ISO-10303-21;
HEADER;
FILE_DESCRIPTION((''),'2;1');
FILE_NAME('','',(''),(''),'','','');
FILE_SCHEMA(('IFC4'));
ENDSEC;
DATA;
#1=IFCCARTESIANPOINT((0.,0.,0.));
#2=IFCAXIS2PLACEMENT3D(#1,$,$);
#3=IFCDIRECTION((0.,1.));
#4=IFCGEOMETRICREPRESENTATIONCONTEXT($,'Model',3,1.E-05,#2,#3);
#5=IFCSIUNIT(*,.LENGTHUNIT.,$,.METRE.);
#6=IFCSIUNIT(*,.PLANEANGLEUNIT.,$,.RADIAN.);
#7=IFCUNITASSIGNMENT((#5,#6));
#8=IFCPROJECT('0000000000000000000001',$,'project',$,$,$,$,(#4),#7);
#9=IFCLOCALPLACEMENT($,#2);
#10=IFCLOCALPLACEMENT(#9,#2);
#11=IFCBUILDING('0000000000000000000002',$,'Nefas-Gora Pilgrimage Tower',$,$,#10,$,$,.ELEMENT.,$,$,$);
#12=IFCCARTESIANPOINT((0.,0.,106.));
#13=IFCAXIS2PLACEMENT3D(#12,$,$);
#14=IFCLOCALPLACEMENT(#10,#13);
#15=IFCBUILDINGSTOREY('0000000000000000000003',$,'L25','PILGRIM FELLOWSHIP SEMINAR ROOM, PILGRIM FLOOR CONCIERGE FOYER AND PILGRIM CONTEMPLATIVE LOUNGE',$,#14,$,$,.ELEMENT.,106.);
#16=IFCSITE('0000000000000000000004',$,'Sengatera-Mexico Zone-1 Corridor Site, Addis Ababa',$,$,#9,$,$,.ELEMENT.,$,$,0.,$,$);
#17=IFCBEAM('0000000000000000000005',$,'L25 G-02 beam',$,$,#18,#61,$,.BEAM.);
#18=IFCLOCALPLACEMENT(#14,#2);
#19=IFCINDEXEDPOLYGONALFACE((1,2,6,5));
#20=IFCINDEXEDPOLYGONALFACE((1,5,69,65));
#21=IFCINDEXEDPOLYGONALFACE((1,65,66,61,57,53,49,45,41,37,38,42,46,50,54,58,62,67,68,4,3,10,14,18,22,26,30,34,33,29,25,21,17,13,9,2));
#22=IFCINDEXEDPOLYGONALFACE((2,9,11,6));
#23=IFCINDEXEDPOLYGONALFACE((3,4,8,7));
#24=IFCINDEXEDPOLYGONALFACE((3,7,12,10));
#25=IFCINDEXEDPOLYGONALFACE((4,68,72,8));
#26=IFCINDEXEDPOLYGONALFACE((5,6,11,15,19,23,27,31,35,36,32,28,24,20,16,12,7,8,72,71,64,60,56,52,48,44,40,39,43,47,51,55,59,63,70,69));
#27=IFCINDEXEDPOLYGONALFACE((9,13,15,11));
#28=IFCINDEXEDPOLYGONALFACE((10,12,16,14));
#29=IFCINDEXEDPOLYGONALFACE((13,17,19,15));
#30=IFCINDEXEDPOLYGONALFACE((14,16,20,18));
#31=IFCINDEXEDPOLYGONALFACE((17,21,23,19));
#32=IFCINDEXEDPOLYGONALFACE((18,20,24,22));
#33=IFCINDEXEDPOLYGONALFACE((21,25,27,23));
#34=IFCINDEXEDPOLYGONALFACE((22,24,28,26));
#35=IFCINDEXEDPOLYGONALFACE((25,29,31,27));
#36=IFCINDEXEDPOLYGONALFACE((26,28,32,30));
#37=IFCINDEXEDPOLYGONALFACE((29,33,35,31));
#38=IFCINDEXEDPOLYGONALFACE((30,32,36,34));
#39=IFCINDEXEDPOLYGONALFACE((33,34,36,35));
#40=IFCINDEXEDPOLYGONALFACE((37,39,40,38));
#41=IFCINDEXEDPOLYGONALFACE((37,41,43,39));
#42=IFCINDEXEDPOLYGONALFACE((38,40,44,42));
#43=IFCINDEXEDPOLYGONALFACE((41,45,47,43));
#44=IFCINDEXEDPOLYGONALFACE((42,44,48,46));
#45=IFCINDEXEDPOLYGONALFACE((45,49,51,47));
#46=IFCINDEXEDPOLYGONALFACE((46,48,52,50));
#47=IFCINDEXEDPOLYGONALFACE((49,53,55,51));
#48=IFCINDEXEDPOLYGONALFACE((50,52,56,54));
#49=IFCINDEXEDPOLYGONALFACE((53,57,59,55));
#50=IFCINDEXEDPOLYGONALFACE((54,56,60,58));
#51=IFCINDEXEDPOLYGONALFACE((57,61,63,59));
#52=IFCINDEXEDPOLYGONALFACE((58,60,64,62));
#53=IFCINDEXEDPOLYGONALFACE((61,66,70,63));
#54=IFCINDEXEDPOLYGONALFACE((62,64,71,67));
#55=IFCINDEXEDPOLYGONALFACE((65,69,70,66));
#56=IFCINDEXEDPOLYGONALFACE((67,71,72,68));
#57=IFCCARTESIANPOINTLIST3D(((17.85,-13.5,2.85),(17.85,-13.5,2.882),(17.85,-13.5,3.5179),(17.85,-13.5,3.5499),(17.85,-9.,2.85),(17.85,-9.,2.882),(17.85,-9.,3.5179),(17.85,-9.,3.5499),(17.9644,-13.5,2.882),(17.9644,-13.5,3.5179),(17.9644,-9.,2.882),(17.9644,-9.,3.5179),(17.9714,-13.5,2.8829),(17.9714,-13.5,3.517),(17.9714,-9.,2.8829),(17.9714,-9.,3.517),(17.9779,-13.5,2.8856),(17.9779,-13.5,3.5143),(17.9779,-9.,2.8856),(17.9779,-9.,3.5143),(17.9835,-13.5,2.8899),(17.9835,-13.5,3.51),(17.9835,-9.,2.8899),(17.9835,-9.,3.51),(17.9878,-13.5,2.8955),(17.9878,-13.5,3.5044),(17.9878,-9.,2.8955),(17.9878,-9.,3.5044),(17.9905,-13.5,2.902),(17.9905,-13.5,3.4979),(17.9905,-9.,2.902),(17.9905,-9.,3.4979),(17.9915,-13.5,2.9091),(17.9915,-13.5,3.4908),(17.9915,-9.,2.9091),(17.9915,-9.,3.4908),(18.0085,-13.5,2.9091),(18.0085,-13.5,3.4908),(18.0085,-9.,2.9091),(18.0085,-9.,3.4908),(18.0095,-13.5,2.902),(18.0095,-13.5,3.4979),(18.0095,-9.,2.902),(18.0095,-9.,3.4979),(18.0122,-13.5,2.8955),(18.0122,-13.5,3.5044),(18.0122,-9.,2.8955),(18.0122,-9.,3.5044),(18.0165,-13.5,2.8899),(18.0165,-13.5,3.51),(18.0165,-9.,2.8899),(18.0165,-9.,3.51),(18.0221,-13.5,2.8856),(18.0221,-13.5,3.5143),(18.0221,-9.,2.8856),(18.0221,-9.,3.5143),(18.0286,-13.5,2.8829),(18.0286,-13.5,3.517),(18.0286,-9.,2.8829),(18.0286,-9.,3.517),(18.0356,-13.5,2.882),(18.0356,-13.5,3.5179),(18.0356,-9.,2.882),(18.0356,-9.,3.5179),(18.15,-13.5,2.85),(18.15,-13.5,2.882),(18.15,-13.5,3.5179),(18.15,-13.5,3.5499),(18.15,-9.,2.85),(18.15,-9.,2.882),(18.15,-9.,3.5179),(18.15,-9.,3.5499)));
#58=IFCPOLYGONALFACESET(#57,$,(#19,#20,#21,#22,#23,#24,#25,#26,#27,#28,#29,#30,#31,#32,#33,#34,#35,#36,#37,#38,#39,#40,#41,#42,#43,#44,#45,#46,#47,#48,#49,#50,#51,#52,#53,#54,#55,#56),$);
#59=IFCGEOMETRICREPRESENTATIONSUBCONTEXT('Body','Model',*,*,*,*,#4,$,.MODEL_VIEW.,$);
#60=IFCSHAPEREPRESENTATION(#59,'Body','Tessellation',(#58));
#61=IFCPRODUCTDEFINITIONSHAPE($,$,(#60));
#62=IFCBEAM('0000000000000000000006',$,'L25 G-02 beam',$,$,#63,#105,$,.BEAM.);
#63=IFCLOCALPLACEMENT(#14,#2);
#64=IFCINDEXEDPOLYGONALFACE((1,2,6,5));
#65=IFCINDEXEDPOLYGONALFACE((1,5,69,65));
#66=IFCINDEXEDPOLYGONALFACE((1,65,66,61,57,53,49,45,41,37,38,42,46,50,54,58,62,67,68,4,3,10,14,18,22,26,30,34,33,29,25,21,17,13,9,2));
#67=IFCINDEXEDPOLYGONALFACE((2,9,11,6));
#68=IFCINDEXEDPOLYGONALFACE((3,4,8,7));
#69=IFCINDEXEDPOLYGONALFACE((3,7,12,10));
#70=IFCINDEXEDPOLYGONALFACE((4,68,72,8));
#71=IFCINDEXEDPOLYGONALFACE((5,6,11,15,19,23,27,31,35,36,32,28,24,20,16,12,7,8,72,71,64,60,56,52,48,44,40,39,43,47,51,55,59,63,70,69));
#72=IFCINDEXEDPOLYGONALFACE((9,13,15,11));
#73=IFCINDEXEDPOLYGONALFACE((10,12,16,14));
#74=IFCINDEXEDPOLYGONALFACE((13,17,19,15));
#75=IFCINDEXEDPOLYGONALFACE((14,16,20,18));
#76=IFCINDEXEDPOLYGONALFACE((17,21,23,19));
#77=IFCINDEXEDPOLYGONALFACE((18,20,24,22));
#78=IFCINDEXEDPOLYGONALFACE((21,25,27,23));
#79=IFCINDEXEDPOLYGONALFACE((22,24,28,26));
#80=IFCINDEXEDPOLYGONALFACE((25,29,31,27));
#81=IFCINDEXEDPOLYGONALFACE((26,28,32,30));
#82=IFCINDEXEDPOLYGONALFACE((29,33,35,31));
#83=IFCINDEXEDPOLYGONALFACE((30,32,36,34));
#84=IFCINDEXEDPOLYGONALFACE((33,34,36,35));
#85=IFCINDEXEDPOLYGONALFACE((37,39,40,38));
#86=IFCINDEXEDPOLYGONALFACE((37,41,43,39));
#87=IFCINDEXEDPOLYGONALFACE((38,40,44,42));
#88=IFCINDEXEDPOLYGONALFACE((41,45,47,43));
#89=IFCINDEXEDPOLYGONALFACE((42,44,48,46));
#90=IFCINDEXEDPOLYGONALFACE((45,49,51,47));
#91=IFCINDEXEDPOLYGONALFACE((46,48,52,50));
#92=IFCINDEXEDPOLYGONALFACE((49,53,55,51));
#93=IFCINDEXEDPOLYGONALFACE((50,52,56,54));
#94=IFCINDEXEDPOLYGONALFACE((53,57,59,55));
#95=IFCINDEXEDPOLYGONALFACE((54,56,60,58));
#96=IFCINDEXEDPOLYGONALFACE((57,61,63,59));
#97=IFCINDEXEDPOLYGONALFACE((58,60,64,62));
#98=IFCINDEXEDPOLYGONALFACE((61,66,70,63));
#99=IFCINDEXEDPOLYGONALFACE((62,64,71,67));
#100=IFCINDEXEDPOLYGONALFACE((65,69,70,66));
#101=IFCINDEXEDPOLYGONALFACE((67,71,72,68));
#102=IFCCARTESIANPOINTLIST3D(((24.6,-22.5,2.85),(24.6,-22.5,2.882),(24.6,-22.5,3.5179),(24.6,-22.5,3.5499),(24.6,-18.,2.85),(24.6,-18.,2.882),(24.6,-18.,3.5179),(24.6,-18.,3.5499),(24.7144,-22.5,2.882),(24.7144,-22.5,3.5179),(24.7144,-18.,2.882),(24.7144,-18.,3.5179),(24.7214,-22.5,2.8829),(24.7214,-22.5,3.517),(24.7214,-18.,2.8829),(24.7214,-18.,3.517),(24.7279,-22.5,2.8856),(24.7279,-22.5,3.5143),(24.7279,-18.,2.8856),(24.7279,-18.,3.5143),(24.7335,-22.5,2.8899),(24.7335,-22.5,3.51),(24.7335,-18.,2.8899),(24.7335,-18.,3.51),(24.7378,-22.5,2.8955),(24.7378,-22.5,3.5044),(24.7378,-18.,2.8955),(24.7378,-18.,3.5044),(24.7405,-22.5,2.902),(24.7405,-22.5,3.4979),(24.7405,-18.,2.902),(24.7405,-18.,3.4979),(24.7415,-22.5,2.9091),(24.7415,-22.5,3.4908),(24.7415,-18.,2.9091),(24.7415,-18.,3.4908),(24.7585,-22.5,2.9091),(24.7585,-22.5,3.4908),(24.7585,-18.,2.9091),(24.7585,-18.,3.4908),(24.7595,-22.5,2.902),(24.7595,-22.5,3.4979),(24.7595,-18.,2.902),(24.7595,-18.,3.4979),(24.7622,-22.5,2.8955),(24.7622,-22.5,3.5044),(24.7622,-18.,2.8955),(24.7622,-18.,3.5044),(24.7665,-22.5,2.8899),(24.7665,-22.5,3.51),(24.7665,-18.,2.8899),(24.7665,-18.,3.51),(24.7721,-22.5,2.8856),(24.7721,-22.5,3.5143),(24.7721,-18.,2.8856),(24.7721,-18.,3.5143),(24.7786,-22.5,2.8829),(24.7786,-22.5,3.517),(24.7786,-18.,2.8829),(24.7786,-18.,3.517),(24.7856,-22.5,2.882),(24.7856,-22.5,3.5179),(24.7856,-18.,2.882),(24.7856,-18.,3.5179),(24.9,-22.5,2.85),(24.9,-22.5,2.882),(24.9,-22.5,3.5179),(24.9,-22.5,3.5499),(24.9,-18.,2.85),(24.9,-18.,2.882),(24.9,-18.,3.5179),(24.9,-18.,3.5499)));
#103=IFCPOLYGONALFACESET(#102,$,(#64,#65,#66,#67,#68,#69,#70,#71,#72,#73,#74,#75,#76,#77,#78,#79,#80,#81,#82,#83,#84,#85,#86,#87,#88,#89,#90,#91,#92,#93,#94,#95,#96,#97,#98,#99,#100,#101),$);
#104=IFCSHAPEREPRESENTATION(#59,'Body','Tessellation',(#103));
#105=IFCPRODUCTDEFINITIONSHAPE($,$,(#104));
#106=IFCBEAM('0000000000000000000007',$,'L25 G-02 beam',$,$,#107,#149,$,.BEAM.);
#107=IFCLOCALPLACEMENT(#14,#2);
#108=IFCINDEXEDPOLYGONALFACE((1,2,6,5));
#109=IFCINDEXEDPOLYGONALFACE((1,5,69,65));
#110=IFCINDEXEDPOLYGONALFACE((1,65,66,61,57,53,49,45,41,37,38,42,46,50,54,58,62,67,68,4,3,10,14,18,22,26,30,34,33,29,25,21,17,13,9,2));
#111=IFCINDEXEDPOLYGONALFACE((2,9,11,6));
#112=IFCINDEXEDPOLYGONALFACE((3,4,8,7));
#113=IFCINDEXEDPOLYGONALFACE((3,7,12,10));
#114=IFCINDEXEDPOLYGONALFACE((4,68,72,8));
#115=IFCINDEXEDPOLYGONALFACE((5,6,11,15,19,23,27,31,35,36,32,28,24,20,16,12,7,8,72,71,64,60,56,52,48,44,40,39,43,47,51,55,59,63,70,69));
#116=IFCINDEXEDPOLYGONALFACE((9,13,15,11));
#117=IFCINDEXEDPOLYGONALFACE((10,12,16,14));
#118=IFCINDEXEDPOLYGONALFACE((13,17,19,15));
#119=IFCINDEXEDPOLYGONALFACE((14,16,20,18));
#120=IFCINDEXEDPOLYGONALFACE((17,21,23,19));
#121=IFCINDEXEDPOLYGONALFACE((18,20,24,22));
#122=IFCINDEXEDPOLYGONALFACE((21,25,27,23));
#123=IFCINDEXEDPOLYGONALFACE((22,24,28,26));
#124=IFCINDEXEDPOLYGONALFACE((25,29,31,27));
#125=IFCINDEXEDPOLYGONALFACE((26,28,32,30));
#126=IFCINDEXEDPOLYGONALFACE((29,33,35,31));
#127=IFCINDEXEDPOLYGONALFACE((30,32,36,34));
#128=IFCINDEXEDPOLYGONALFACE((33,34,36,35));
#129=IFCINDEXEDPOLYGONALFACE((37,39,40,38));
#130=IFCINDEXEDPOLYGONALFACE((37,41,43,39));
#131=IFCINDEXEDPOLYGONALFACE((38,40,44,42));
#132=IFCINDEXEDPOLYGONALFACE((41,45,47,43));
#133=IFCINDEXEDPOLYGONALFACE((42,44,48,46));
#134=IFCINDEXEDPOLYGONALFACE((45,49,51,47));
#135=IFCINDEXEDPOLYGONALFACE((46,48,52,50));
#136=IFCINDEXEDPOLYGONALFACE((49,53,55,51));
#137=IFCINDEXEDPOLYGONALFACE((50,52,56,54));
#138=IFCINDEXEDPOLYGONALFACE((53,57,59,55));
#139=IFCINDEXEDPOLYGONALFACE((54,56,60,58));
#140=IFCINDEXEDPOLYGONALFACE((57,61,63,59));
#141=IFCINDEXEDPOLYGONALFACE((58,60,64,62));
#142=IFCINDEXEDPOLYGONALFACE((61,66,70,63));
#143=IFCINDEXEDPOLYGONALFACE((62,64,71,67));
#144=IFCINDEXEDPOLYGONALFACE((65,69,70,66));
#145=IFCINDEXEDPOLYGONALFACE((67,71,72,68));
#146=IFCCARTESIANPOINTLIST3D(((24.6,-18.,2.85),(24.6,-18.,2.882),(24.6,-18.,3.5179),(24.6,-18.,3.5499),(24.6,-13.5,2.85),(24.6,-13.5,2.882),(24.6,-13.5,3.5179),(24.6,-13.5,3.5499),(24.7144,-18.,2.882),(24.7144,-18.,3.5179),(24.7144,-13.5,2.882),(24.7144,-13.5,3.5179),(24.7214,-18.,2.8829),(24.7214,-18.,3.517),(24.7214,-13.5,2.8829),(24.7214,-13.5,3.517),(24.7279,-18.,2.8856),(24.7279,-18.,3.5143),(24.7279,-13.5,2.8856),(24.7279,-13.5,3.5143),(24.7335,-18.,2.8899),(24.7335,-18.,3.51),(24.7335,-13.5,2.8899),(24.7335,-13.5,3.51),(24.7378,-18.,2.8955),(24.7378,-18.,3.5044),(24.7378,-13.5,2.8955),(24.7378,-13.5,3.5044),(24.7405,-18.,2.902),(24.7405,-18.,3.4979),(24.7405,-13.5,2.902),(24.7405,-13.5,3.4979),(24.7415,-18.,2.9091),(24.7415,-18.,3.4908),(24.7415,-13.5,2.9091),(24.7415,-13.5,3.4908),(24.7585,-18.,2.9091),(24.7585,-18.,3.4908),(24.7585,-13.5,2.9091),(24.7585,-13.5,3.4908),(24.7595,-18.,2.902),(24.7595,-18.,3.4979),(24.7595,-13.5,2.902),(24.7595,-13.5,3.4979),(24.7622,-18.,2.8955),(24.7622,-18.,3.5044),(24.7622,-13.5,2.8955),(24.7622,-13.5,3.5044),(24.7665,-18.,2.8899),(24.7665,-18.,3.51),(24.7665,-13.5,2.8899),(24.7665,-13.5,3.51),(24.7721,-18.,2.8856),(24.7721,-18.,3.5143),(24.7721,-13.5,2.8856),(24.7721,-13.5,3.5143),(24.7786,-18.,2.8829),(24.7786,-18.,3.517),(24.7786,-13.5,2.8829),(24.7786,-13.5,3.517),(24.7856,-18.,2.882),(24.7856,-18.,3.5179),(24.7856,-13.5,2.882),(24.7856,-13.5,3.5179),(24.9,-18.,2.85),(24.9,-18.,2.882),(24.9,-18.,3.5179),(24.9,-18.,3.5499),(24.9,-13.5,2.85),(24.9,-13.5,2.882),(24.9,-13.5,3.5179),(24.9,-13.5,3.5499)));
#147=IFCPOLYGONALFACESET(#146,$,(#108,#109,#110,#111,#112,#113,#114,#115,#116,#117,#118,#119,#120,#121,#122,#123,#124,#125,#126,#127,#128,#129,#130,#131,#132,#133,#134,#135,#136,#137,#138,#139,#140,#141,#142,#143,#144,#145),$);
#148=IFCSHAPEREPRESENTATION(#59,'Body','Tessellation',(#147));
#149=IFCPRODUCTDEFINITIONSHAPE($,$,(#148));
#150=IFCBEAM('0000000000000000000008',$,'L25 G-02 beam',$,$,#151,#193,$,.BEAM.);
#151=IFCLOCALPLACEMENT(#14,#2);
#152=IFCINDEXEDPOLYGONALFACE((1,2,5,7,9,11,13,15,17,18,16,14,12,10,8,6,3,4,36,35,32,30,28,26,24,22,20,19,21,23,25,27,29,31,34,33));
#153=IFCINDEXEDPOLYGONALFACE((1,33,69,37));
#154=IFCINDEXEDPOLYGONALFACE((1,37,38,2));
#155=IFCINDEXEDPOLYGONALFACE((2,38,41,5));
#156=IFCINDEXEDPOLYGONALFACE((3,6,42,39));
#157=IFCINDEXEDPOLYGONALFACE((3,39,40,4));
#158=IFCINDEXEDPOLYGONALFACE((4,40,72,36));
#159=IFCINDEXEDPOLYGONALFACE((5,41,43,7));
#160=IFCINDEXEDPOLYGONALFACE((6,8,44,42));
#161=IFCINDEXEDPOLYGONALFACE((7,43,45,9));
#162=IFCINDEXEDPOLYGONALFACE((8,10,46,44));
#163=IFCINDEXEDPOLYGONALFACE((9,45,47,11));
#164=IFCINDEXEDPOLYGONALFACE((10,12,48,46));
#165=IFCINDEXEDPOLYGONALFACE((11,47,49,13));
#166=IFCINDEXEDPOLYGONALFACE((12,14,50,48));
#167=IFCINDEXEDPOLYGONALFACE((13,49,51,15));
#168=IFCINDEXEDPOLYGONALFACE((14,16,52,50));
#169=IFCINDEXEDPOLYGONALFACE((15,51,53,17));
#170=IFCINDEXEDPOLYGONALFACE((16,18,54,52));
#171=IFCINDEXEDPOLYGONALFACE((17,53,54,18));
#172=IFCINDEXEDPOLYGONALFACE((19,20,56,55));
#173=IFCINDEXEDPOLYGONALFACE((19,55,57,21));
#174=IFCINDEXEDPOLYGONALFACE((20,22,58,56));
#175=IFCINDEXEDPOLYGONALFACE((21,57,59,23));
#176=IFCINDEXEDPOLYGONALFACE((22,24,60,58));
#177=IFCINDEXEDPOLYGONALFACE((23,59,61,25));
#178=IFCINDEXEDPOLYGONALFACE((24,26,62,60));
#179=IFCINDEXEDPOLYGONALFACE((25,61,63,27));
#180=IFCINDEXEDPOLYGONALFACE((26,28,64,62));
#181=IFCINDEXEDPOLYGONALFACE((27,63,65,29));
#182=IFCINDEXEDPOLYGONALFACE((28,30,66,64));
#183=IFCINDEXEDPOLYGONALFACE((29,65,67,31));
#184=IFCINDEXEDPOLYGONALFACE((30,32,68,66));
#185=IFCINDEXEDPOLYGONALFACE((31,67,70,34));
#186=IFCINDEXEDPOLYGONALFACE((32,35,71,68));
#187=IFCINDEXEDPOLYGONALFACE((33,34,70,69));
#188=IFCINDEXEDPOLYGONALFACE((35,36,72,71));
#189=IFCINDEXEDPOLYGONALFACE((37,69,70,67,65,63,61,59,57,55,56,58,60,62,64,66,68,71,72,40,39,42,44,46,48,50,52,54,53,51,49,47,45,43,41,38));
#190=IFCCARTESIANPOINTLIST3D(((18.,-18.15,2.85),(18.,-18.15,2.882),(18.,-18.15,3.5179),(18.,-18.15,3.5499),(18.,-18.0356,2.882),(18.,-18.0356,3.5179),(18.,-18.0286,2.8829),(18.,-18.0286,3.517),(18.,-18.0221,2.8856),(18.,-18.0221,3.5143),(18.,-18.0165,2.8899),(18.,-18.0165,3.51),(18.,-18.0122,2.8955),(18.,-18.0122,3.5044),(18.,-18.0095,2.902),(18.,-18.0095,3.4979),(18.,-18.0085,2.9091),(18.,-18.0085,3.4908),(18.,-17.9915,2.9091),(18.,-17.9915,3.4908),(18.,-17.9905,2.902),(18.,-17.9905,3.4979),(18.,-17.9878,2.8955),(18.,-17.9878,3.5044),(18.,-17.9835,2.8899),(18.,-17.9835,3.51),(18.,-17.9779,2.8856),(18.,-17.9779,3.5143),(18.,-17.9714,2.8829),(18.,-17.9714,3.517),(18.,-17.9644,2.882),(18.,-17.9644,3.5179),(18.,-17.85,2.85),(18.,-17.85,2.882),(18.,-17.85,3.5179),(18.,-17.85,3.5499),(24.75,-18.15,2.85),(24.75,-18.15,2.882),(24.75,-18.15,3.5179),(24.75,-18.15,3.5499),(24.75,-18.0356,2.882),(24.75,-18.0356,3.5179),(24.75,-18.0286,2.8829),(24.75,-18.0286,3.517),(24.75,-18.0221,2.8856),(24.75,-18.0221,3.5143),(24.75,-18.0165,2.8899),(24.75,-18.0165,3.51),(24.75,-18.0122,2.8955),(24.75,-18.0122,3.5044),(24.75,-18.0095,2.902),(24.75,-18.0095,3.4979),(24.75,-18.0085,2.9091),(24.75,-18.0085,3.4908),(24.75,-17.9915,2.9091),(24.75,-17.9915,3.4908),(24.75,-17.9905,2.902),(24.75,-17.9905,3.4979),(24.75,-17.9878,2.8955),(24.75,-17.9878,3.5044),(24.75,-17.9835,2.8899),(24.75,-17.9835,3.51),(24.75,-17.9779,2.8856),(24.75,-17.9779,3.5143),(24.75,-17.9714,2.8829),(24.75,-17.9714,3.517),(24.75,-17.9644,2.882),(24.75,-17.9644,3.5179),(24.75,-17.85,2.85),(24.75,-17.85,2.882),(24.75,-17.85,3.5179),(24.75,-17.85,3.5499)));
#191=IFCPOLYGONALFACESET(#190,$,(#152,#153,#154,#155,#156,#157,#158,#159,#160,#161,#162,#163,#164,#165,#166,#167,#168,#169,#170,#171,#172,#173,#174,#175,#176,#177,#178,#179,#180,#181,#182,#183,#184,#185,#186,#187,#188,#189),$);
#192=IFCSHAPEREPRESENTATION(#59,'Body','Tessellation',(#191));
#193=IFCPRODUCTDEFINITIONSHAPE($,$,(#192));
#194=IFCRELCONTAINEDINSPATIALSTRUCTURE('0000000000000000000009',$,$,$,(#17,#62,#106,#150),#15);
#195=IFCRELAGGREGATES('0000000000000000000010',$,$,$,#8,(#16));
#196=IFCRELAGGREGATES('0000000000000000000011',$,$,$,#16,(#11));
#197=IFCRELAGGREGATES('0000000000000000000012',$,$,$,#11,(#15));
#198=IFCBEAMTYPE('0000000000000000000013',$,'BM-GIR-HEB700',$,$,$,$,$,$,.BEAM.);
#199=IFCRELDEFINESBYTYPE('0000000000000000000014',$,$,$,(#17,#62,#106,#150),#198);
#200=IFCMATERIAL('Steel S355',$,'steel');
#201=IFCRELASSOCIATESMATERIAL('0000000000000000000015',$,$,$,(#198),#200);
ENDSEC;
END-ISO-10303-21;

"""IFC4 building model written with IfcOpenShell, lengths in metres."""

from ifc_helpers import new_model, si_unit, direction, frame, origin, origin_2d, place, context, subcontext, project, spatial, i_section, extrude, source, transform, mapped, material, material_profile, profile_set, type_object, element, save


model = new_model("IFC4")

# Units and contexts
model_context = context("Model", 3, precision=1e-05, world=origin(), true_north=direction((0.0, 1.0)))
body_context = subcontext(model_context, "Body", "Model", "MODEL_VIEW")
ifc_project = project(units=[si_unit("LENGTHUNIT", "METRE"), si_unit("PLANEANGLEUNIT", "RADIAN")], contexts=[model_context])

# Site, building, storey
site_placement = place(None, origin())
site = spatial("IfcSite", under=ifc_project, at=site_placement, Name="Sengatera-Mexico Zone-1 Corridor Site, Addis Ababa", CompositionType="ELEMENT", RefElevation=0.0)
building_placement = place(site_placement, origin())
building = spatial("IfcBuilding", under=site, at=building_placement, Name="Nefas-Gora Pilgrimage Tower", CompositionType="ELEMENT")
storey_placement = place(building_placement, frame((0.0, 0.0, 106.0)))
storey = spatial("IfcBuildingStorey", under=building, at=storey_placement, Name="L25", Description="PILGRIM FELLOWSHIP SEMINAR ROOM, PILGRIM FLOOR CONCIERGE FOYER AND PILGRIM CONTEMPLATIVE LOUNGE", CompositionType="ELEMENT", Elevation=106.0)

# Beams
ifc_material_1 = material(Name="Steel S355", Category="steel")
ifc_material_profile_1 = material_profile(ifc_material_1, i_section(OverallWidth=0.3, OverallDepth=0.7, WebThickness=0.0171, FlangeThickness=0.032, FilletRadius=0.0271, at=origin_2d()), Name="HEB 700")
ifc_profile_set_1 = profile_set([ifc_material_profile_1], Name="Steel S355")
beam_type_1 = type_object("IfcBeamType", Name="BM-GIR-HEB700", PredefinedType="BEAM", material=ifc_profile_set_1)
shared_shape_1 = source(origin(), body_context, "Body", "SweptSolid", [
    extrude(i_section(OverallWidth=0.3, OverallDepth=0.7, WebThickness=0.0171, FlangeThickness=0.032, FilletRadius=0.0271, at=origin_2d()), origin(), (0.0, 0.0, 1.0), 4.5),
])
for number, where, z_axis, x_axis, name in (
    (1, (18.0, -13.5, 3.2), (0.0, 1.0, 0.0), (-1.0, 0.0, 0.0), "L25 G-02 beam"),
    (2, (24.75, -22.5, 3.2), (0.0, 1.0, 0.0), (-1.0, 0.0, 0.0), "L25 G-02 beam"),
    (3, (24.75, -18.0, 3.2), (0.0, 1.0, 0.0), (-1.0, 0.0, 0.0), "L25 G-02 beam"),
):
    element("IfcBeam", number, at=place(storey_placement, frame(where, z_axis=z_axis, x_axis=x_axis)), inside=storey, type_object=beam_type_1, Name=name, PredefinedType="BEAM", context=body_context, shape_type="MappedRepresentation", body=[
        mapped(shared_shape_1, transform((0.0, 0.0, 0.0), x_axis=(1.0, 0.0, 0.0), y_axis=(0.0, 1.0, 0.0), z_axis=(0.0, 0.0, 1.0), scale=1.0)),
    ])
shared_shape_2 = source(origin(), body_context, "Body", "SweptSolid", [
    extrude(i_section(OverallWidth=0.3, OverallDepth=0.7, WebThickness=0.0171, FlangeThickness=0.032, FilletRadius=0.0271, at=origin_2d()), origin(), (0.0, 0.0, 1.0), 6.75),
])
for number, where, z_axis, x_axis, name in (
    (4, (18.0, -18.0, 3.2), (1.0, 0.0, 0.0), (0.0, 1.0, 0.0), "L25 G-02 beam"),
):
    element("IfcBeam", number, at=place(storey_placement, frame(where, z_axis=z_axis, x_axis=x_axis)), inside=storey, type_object=beam_type_1, Name=name, PredefinedType="BEAM", context=body_context, shape_type="MappedRepresentation", body=[
        mapped(shared_shape_2, transform((0.0, 0.0, 0.0), x_axis=(1.0, 0.0, 0.0), y_axis=(0.0, 1.0, 0.0), z_axis=(0.0, 0.0, 1.0), scale=1.0)),
    ])

save(model, "model.ifc")
